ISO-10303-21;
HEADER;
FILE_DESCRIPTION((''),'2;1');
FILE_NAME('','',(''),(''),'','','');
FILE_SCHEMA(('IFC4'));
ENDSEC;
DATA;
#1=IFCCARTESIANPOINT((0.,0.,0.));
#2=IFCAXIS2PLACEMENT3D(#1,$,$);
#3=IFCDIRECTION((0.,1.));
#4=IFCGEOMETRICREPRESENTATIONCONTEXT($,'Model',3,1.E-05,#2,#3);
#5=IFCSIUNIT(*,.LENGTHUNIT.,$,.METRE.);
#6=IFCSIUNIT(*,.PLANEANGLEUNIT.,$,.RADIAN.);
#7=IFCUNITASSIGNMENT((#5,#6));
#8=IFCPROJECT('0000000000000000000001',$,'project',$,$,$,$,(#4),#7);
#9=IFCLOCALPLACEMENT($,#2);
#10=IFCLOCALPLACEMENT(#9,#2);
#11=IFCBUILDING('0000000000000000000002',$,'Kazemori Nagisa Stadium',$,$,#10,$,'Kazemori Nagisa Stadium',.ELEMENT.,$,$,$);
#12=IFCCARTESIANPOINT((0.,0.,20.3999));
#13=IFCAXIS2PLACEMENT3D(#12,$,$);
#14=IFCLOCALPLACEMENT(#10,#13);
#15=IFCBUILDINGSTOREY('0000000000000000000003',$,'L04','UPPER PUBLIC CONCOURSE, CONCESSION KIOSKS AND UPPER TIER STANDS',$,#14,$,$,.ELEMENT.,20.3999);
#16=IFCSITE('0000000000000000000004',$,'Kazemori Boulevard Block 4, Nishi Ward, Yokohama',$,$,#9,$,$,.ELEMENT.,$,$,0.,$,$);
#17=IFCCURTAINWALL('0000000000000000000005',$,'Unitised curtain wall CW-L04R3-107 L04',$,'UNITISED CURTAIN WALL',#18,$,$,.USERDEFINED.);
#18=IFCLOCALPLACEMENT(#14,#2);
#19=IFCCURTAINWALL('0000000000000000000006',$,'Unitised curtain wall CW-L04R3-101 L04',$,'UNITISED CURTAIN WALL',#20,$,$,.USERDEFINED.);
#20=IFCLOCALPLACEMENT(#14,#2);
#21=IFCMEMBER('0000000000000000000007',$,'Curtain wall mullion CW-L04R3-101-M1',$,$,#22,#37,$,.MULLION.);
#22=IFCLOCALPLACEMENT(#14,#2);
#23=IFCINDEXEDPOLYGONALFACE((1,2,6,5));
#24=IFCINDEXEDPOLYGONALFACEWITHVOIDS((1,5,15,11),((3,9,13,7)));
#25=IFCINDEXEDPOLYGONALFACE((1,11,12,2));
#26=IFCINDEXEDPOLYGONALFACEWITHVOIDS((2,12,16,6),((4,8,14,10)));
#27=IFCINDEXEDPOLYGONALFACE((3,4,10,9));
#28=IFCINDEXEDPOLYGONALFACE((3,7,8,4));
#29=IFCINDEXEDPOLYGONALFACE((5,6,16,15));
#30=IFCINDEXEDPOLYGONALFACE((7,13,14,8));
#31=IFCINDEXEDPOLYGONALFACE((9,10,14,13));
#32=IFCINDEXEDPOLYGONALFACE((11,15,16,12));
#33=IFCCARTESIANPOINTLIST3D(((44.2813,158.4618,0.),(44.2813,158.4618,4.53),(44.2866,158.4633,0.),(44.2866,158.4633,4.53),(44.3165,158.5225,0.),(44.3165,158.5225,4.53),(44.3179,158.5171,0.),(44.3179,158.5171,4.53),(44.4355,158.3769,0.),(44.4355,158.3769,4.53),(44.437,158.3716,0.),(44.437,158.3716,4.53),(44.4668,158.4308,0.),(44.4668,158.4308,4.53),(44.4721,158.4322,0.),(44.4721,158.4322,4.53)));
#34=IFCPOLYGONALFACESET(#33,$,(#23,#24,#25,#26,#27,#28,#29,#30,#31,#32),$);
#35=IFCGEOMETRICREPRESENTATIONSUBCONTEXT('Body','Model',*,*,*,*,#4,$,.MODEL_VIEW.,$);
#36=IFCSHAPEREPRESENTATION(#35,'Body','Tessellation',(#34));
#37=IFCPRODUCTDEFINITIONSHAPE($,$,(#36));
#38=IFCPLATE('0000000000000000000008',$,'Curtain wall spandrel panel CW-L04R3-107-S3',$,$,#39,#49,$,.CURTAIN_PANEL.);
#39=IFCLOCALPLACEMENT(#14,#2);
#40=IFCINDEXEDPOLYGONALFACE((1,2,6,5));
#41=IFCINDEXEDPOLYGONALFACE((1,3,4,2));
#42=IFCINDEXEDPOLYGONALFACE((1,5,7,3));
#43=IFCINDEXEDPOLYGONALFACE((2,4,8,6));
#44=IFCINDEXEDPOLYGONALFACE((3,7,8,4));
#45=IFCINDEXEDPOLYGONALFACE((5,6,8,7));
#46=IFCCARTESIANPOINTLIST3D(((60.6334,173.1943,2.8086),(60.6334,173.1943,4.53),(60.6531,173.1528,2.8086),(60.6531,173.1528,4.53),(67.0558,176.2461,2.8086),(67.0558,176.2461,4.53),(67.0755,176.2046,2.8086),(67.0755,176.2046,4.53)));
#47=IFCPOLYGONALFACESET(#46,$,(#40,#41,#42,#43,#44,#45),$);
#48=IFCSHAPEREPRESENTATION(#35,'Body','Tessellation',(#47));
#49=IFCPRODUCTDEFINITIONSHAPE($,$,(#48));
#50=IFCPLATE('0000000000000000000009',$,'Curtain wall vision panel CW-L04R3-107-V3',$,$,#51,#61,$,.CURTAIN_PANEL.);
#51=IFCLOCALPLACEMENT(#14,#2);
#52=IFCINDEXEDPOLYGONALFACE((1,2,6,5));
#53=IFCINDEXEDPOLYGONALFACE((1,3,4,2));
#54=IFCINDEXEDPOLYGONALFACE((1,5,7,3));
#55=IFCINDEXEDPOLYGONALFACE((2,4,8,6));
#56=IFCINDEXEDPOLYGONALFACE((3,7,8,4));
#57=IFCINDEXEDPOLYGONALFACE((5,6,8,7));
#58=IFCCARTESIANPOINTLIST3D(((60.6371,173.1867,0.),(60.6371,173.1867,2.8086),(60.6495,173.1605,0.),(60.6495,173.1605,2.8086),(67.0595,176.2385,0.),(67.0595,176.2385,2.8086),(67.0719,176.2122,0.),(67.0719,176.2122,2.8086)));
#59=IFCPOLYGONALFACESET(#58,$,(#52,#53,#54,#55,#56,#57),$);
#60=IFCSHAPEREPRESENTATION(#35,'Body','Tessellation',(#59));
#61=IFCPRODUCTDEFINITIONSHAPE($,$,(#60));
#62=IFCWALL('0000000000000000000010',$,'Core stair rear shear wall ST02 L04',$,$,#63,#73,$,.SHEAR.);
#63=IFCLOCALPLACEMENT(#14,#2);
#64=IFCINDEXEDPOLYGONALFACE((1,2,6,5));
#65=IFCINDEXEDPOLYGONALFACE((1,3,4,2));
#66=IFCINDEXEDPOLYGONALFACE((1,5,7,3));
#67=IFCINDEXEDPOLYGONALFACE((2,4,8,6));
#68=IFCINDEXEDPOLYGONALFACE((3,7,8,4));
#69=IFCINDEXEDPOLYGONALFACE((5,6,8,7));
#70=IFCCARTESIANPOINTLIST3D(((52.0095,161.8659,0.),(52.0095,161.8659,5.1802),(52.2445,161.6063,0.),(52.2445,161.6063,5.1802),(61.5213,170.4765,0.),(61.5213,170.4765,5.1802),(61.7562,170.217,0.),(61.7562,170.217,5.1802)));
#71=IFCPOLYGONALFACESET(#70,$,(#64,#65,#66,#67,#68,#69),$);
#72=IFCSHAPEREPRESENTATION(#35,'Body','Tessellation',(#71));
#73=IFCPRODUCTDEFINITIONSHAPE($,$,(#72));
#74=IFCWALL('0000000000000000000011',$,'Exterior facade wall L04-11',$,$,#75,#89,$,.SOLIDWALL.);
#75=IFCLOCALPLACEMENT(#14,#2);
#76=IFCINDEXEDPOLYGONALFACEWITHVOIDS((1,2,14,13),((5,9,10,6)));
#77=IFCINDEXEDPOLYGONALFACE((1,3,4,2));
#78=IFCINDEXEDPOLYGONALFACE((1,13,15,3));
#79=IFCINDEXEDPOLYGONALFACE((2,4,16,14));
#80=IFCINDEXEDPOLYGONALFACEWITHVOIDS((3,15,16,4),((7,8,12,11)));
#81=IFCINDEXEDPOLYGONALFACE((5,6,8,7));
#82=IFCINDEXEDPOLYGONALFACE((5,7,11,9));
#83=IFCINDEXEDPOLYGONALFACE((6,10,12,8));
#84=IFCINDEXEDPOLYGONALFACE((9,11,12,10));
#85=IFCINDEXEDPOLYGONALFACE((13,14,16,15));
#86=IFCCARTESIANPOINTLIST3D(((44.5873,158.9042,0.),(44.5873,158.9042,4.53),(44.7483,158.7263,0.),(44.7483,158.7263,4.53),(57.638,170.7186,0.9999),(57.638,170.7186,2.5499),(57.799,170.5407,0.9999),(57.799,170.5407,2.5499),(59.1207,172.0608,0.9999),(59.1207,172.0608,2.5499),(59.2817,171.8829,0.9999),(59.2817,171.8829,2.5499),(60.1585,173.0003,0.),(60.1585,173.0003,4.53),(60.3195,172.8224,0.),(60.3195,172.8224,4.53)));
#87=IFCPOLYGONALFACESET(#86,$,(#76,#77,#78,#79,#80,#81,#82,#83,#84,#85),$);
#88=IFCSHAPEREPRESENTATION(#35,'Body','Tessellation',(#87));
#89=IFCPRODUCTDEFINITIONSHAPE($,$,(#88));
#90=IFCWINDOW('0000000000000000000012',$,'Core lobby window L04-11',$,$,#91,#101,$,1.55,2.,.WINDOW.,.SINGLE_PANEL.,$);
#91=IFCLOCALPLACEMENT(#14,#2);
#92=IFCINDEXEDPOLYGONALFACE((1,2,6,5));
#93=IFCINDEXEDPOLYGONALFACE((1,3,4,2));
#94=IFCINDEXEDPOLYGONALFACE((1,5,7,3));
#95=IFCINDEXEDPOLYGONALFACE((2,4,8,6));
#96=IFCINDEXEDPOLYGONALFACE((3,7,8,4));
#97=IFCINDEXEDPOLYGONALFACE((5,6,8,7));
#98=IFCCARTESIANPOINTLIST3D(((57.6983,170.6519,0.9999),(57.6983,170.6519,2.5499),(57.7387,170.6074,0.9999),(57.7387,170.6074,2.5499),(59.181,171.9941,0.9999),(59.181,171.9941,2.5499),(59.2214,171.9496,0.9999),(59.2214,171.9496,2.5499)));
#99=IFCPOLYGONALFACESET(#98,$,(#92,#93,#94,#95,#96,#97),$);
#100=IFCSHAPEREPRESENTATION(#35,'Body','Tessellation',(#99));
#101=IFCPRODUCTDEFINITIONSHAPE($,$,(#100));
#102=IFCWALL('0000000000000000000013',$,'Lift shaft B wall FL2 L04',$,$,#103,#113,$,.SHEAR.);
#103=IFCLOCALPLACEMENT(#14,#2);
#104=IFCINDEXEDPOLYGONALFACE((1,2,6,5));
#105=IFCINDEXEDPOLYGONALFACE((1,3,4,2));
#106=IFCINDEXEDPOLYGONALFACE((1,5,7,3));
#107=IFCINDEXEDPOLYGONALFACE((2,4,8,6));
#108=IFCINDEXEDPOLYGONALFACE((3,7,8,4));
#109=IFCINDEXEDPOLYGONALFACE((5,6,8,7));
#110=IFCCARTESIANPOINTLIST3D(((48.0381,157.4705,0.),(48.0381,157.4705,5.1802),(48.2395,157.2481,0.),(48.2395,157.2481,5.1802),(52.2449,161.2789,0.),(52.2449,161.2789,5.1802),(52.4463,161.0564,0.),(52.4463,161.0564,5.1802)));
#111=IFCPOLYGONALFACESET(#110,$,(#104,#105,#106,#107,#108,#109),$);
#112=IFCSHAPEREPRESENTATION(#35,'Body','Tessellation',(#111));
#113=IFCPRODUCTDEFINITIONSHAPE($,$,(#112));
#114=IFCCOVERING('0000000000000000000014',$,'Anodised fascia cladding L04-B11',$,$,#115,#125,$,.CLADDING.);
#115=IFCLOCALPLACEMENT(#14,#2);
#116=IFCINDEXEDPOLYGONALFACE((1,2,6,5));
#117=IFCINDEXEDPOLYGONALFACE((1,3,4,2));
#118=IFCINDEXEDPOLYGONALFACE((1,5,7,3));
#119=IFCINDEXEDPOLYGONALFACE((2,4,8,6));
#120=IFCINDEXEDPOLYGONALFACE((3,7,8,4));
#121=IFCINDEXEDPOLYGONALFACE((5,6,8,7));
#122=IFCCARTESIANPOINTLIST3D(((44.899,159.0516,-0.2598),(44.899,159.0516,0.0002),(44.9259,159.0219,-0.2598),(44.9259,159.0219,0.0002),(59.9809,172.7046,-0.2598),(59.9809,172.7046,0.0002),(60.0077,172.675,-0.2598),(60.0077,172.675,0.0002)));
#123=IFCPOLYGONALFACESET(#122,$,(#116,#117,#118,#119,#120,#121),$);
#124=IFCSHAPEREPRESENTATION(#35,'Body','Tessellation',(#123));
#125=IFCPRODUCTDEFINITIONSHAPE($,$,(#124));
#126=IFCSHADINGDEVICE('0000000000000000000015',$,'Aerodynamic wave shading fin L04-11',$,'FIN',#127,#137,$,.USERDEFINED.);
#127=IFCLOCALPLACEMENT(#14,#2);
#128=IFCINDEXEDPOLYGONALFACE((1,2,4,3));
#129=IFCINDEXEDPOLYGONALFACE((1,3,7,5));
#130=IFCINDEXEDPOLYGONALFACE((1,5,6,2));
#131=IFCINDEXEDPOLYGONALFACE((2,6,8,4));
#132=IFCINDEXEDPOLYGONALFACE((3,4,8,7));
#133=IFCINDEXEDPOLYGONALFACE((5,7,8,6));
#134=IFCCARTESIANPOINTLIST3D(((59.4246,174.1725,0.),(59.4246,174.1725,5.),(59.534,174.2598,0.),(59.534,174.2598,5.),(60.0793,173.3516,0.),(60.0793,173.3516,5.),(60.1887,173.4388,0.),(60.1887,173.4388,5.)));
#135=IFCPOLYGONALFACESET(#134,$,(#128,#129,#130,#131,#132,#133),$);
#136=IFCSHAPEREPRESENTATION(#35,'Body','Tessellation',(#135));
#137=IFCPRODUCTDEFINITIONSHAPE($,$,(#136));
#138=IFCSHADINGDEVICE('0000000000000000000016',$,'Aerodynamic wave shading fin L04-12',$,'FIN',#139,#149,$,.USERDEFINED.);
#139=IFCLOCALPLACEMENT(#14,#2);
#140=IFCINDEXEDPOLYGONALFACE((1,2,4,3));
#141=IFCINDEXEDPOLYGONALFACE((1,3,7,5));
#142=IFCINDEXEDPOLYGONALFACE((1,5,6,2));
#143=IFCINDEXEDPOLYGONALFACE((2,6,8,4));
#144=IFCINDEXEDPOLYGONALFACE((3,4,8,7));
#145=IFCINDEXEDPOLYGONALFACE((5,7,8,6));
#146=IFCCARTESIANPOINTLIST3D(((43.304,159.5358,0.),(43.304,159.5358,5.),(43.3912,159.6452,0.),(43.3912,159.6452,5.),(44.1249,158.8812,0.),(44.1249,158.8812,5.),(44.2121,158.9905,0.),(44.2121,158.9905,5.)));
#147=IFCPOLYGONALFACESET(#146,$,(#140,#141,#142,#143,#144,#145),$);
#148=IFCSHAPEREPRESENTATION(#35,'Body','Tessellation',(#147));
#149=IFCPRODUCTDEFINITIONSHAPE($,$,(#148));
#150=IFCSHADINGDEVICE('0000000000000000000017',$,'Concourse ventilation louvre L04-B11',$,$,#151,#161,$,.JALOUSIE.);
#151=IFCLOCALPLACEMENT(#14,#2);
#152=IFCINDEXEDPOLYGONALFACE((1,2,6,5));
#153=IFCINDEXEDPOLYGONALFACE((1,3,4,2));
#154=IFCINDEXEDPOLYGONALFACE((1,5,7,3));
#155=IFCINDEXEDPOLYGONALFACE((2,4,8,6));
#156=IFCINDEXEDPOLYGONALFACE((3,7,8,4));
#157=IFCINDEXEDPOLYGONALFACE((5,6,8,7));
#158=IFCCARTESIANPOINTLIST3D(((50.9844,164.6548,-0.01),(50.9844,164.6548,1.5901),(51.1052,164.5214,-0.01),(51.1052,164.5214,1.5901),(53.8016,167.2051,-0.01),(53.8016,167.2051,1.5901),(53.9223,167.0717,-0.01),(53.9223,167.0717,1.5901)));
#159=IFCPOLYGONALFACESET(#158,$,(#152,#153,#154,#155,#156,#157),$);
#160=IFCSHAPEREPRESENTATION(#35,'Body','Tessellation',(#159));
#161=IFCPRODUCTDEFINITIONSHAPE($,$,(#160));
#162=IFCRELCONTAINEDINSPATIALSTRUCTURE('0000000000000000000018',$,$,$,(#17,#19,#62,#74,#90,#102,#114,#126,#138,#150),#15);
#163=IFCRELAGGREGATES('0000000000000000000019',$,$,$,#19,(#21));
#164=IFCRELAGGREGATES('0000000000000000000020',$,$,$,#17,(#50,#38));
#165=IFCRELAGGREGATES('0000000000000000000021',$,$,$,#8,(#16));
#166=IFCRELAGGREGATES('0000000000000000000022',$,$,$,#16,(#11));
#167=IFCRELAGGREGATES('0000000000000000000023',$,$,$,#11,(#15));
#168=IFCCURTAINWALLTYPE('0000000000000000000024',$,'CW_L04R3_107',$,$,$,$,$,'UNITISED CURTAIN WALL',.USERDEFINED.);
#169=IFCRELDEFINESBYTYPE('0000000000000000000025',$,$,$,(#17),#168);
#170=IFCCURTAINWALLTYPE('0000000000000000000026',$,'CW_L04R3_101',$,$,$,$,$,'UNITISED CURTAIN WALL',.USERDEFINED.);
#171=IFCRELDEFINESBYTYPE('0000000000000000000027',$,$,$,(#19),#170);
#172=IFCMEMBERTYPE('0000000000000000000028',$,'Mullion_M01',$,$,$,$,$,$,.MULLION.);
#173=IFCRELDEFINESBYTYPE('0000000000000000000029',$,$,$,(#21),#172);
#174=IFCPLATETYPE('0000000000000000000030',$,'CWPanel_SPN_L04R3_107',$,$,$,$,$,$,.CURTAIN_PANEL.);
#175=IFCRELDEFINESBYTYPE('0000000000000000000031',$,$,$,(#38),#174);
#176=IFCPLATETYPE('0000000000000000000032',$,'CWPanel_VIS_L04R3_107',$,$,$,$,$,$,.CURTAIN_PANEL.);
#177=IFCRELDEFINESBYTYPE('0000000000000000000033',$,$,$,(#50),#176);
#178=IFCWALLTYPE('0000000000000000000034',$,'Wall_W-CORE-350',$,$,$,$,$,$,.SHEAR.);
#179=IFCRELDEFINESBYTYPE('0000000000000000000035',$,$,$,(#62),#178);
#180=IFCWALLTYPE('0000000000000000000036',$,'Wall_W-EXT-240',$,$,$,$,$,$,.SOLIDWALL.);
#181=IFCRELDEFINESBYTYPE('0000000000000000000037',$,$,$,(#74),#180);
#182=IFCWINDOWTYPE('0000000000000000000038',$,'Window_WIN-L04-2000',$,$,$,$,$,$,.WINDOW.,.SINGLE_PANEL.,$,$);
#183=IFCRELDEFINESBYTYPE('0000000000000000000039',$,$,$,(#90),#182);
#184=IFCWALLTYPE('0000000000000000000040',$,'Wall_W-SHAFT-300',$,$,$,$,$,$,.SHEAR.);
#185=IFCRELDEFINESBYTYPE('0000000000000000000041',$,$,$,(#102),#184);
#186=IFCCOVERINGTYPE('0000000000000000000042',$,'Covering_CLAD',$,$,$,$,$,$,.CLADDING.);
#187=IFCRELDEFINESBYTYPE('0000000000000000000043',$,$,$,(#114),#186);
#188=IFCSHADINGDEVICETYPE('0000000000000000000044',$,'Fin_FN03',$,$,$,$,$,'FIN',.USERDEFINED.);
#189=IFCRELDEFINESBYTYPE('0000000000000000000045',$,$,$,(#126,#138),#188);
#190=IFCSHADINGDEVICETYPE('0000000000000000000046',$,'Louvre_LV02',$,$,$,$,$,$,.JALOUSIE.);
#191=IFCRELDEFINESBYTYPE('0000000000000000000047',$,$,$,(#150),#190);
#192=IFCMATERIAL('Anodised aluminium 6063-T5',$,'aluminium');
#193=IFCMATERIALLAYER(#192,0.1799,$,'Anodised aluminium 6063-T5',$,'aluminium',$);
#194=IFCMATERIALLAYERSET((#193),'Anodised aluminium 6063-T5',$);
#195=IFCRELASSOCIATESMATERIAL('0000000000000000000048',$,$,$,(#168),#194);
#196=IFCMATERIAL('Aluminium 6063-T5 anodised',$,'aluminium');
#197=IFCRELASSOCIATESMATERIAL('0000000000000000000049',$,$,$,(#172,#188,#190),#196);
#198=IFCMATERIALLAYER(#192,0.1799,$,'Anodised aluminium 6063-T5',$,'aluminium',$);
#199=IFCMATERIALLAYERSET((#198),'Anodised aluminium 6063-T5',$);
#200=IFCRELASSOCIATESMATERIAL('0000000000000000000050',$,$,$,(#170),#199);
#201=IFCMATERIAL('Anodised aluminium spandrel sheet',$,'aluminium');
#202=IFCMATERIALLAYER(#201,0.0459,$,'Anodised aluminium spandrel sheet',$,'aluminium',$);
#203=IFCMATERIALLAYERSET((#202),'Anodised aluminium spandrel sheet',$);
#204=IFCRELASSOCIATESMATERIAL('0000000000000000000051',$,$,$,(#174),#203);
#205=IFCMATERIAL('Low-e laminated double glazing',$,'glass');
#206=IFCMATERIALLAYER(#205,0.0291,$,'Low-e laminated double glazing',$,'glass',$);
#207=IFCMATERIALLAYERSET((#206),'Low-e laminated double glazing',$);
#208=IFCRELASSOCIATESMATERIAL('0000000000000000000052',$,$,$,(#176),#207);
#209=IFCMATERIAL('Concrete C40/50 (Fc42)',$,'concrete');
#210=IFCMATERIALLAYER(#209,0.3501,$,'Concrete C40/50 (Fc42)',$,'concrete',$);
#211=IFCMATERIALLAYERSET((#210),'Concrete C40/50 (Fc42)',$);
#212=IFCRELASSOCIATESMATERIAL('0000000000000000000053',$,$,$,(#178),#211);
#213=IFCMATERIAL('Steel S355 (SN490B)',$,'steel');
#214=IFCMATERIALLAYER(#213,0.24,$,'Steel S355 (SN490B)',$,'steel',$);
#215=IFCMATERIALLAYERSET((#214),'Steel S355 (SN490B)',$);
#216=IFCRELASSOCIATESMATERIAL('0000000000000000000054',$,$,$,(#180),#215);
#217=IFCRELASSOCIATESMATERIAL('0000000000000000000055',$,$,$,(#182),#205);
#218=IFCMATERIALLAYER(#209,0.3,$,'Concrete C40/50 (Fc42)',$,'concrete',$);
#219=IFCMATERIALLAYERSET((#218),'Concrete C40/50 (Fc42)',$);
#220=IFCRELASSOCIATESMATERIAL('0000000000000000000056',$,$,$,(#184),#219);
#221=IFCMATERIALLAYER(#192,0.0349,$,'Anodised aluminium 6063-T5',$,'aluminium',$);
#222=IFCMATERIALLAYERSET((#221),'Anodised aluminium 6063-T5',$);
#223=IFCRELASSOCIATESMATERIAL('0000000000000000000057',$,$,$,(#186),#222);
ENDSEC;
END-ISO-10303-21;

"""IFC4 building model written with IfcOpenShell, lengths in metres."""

from ifc_helpers import new_model, si_unit, direction, frame, frame_2d, origin, origin_2d, place, context, subcontext, project, spatial, rectangle, hollow_rectangle, extrude, material, layer, layer_set, material_profile, profile_set, type_object, element, fill, aggregate, save


model = new_model("IFC4")

# Units and contexts
model_context = context("Model", 3, precision=1e-05, world=origin(), true_north=direction((0.0, 1.0)))
body_context = subcontext(model_context, "Body", "Model", "MODEL_VIEW")
ifc_project = project(units=[si_unit("LENGTHUNIT", "METRE"), si_unit("PLANEANGLEUNIT", "RADIAN")], contexts=[model_context])

# Site, building, storey
site_placement = place(None, origin())
site = spatial("IfcSite", under=ifc_project, at=site_placement, Name="Kazemori Boulevard Block 4, Nishi Ward, Yokohama", CompositionType="ELEMENT", RefElevation=0.0)
building_placement = place(site_placement, origin())
building = spatial("IfcBuilding", under=site, at=building_placement, Name="Kazemori Nagisa Stadium", LongName="Kazemori Nagisa Stadium", CompositionType="ELEMENT")
storey_placement = place(building_placement, frame((0.0, 0.0, 20.3999)))
storey = spatial("IfcBuildingStorey", under=building, at=storey_placement, Name="L04", Description="UPPER PUBLIC CONCOURSE, CONCESSION KIOSKS AND UPPER TIER STANDS", CompositionType="ELEMENT", Elevation=20.3999)

# Shared definitions
ifc_material_1 = material(Name="Concrete C40/50 (Fc42)", Category="concrete")

# Curtain walls, member
ifc_material_2 = material(Name="Anodised aluminium 6063-T5", Category="aluminium")
ifc_layer_1 = layer(ifc_material_2, 0.1799, Name="Anodised aluminium 6063-T5", Category="aluminium")
ifc_layer_set_1 = layer_set([ifc_layer_1], Name="Anodised aluminium 6063-T5")
curtain_wall_type_1 = type_object("IfcCurtainWallType", Name="CW_L04R3_107", ElementType="UNITISED CURTAIN WALL", PredefinedType="USERDEFINED", material=ifc_layer_set_1)
curtain_wall_1_placement = place(storey_placement, origin())
curtain_wall_1 = element("IfcCurtainWall", 1, at=curtain_wall_1_placement, inside=storey, type_object=curtain_wall_type_1, Name="Unitised curtain wall CW-L04R3-107 L04", ObjectType="UNITISED CURTAIN WALL", PredefinedType="USERDEFINED")
ifc_material_3 = material(Name="Aluminium 6063-T5 anodised", Category="aluminium")
ifc_material_profile_1 = material_profile(ifc_material_3, hollow_rectangle(XDim=0.0701, YDim=0.1799, WallThickness=0.0039, at=origin_2d()), Name="ALU-MULL-70x180x4")
ifc_profile_set_1 = profile_set([ifc_material_profile_1], Name="Aluminium 6063-T5 anodised")
member_type = type_object("IfcMemberType", Name="Mullion_M01", PredefinedType="MULLION", material=ifc_profile_set_1)
ifc_layer_2 = layer(ifc_material_2, 0.1799, Name="Anodised aluminium 6063-T5", Category="aluminium")
ifc_layer_set_2 = layer_set([ifc_layer_2], Name="Anodised aluminium 6063-T5")
curtain_wall_type_2 = type_object("IfcCurtainWallType", Name="CW_L04R3_101", ElementType="UNITISED CURTAIN WALL", PredefinedType="USERDEFINED", material=ifc_layer_set_2)
curtain_wall_2_placement = place(storey_placement, origin())
curtain_wall_2 = element("IfcCurtainWall", 2, at=curtain_wall_2_placement, inside=storey, type_object=curtain_wall_type_2, Name="Unitised curtain wall CW-L04R3-101 L04", ObjectType="UNITISED CURTAIN WALL", PredefinedType="USERDEFINED")
member_1_placement = place(storey_placement, frame((44.3767, 158.447, 0.0), z_axis=(0.0, 0.0, 1.0), x_axis=(-0.501612, -0.865093, 0.0)))
member_1 = element("IfcMember", 3, at=member_1_placement, type_object=member_type, Name="Curtain wall mullion CW-L04R3-101-M1", PredefinedType="MULLION", context=body_context, shape_type="SweptSolid", body=[
    extrude(hollow_rectangle(XDim=0.0701, YDim=0.1799, WallThickness=0.0039, at=origin_2d()), origin(), (0.0, 0.0, 1.0), 4.53),
])
aggregate(curtain_wall_2, [member_1])

# Plates
ifc_material_4 = material(Name="Anodised aluminium spandrel sheet", Category="aluminium")
ifc_layer_3 = layer(ifc_material_4, 0.0459, Name="Anodised aluminium spandrel sheet", Category="aluminium")
ifc_layer_set_3 = layer_set([ifc_layer_3], Name="Anodised aluminium spandrel sheet")
plate_type_1 = type_object("IfcPlateType", Name="CWPanel_SPN_L04R3_107", PredefinedType="CURTAIN_PANEL", material=ifc_layer_set_3)
plate_1_placement = place(storey_placement, frame((63.8545, 174.6995, 2.8086), z_axis=(0.0, 0.0, 1.0), x_axis=(-0.903216, -0.429186, 0.0)))
plate_1 = element("IfcPlate", 4, at=plate_1_placement, type_object=plate_type_1, Name="Curtain wall spandrel panel CW-L04R3-107-S3", PredefinedType="CURTAIN_PANEL", context=body_context, shape_type="SweptSolid", body=[
    extrude(rectangle(XDim=7.1106, YDim=0.0459, at=origin_2d()), origin(), (0.0, 0.0, 1.0), 1.7214),
])
ifc_material_5 = material(Name="Low-e laminated double glazing", Category="glass")
ifc_layer_4 = layer(ifc_material_5, 0.0291, Name="Low-e laminated double glazing", Category="glass")
ifc_layer_set_4 = layer_set([ifc_layer_4], Name="Low-e laminated double glazing")
plate_type_2 = type_object("IfcPlateType", Name="CWPanel_VIS_L04R3_107", PredefinedType="CURTAIN_PANEL", material=ifc_layer_set_4)
plate_2_placement = place(storey_placement, frame((63.8545, 174.6995, 0.0), z_axis=(0.0, 0.0, 1.0), x_axis=(-0.903216, -0.429186, 0.0)))
plate_2 = element("IfcPlate", 5, at=plate_2_placement, type_object=plate_type_2, Name="Curtain wall vision panel CW-L04R3-107-V3", PredefinedType="CURTAIN_PANEL", context=body_context, shape_type="SweptSolid", body=[
    extrude(rectangle(XDim=7.1106, YDim=0.0291, at=origin_2d()), origin(), (0.0, 0.0, 1.0), 2.8086),
])
aggregate(curtain_wall_1, [plate_2, plate_1])

# Wall
ifc_layer_5 = layer(ifc_material_1, 0.3501, Name="Concrete C40/50 (Fc42)", Category="concrete")
ifc_layer_set_5 = layer_set([ifc_layer_5], Name="Concrete C40/50 (Fc42)")
wall_type_1 = type_object("IfcWallType", Name="Wall_W-CORE-350", PredefinedType="SHEAR", material=ifc_layer_set_5)
wall_1_placement = place(storey_placement, frame((61.6387, 170.3467, 0.0), z_axis=(0.0, 0.0, 1.0), x_axis=(-0.741351, -0.671117, 0.0)))
element("IfcWall", 6, at=wall_1_placement, inside=storey, type_object=wall_type_1, Name="Core stair rear shear wall ST02 L04", PredefinedType="SHEAR", context=body_context, shape_type="SweptSolid", body=[
    extrude(rectangle(XDim=12.8303, YDim=0.3501, at=frame_2d((6.415, 0.0))), origin(), (0.0, 0.0, 1.0), 5.1802),
])

# Wall, opening, window
ifc_material_6 = material(Name="Steel S355 (SN490B)", Category="steel")
ifc_layer_6 = layer(ifc_material_6, 0.24, Name="Steel S355 (SN490B)", Category="steel")
ifc_layer_set_6 = layer_set([ifc_layer_6], Name="Steel S355 (SN490B)")
wall_type_2 = type_object("IfcWallType", Name="Wall_W-EXT-240", PredefinedType="SOLIDWALL", material=ifc_layer_set_6)
wall_2_placement = place(storey_placement, frame((60.239, 172.9114, 0.0), z_axis=(0.0, 0.0, 1.0), x_axis=(-0.741349, -0.67112, 0.0)))
wall_2 = element("IfcWall", 7, at=wall_2_placement, inside=storey, type_object=wall_type_2, Name="Exterior facade wall L04-11", PredefinedType="SOLIDWALL", context=body_context, shape_type="SweptSolid", body=[
    extrude(rectangle(XDim=21.0039, YDim=0.24, at=frame_2d((10.502, 0.0))), origin(), (0.0, 0.0, 1.0), 4.53),
])
opening_placement = place(wall_2_placement, frame((1.3999, 0.0, 1.0)))
opening = element("IfcOpeningElement", 8, at=opening_placement, cuts=wall_2, PredefinedType="OPENING", context=body_context, shape_type="SweptSolid", body=[
    extrude(rectangle(XDim=2.0, YDim=1.55, at=frame_2d((1.0, 0.7749))), frame((0.0, 0.1299, 0.0), z_axis=(0.0, -1.0, 0.0), x_axis=(1.0, 0.0, 0.0)), (0.0, 0.0, 1.0), 0.26),
])
window_type = type_object("IfcWindowType", Name="Window_WIN-L04-2000", PartitioningType="SINGLE_PANEL", PredefinedType="WINDOW", material=ifc_material_5)
window_placement = place(opening_placement, origin())
window = element("IfcWindow", 9, at=window_placement, inside=storey, type_object=window_type, Name="Core lobby window L04-11", OverallHeight=1.55, OverallWidth=2.0, PartitioningType="SINGLE_PANEL", PredefinedType="WINDOW", context=body_context, shape_type="SweptSolid", body=[
    extrude(rectangle(XDim=2.0, YDim=1.55, at=frame_2d((1.0, 0.7749))), frame((0.0, 0.03, 0.0), z_axis=(0.0, -1.0, 0.0), x_axis=(1.0, 0.0, 0.0)), (0.0, 0.0, 1.0), 0.0601),
])
fill(opening, window)

# Wall
ifc_layer_7 = layer(ifc_material_1, 0.3, Name="Concrete C40/50 (Fc42)", Category="concrete")
ifc_layer_set_7 = layer_set([ifc_layer_7], Name="Concrete C40/50 (Fc42)")
wall_type_3 = type_object("IfcWallType", Name="Wall_W-SHAFT-300", PredefinedType="SHEAR", material=ifc_layer_set_7)
wall_3_placement = place(storey_placement, frame((52.3457, 161.1677, 0.0), z_axis=(0.0, 0.0, 1.0), x_axis=(-0.741342, -0.671127, 0.0)))
element("IfcWall", 10, at=wall_3_placement, inside=storey, type_object=wall_type_3, Name="Lift shaft B wall FL2 L04", PredefinedType="SHEAR", context=body_context, shape_type="SweptSolid", body=[
    extrude(rectangle(XDim=5.6746, YDim=0.3, at=frame_2d((2.8374, 0.0))), origin(), (0.0, 0.0, 1.0), 5.1802),
])

# Covering
ifc_layer_8 = layer(ifc_material_2, 0.0349, Name="Anodised aluminium 6063-T5", Category="aluminium")
ifc_layer_set_8 = layer_set([ifc_layer_8], Name="Anodised aluminium 6063-T5")
covering_type = type_object("IfcCoveringType", Name="Covering_CLAD", PredefinedType="CLADDING", material=ifc_layer_set_8)
covering_placement = place(storey_placement, frame((52.4534, 165.8633, -0.2598), z_axis=(0.0, 0.0, 1.0), x_axis=(-0.741351, -0.671118, 0.0)))
element("IfcCovering", 11, at=covering_placement, inside=storey, type_object=covering_type, Name="Anodised fascia cladding L04-B11", PredefinedType="CLADDING", context=body_context, shape_type="SweptSolid", body=[
    extrude(rectangle(XDim=20.3438, YDim=0.04, at=origin_2d()), origin(), (0.0, 0.0, 1.0), 0.26),
])

# Shading devices
shading_device_type_1 = type_object("IfcShadingDeviceType", Name="Fin_FN03", ElementType="FIN", PredefinedType="USERDEFINED", material=ifc_material_3)
for number, where, z_axis, x_axis, name in (
    (12, (59.8066, 173.8057, 0.0), (0.0, 0.0, 1.0), (-0.62349, 0.781831, 0.0), "Aerodynamic wave shading fin L04-11"),
    (13, (43.7581, 159.2632, 0.0), (0.0, 0.0, 1.0), (-0.781831, 0.62349, 0.0), "Aerodynamic wave shading fin L04-12"),
):
    element("IfcShadingDevice", number, at=place(storey_placement, frame(where, z_axis=z_axis, x_axis=x_axis)), inside=storey, type_object=shading_device_type_1, Name=name, ObjectType="FIN", PredefinedType="USERDEFINED", context=body_context, shape_type="SweptSolid", body=[
        extrude(rectangle(XDim=1.05, YDim=0.1399, at=origin_2d()), origin(), (0.0, 0.0, 1.0), 5.0),
    ])
shading_device_type_2 = type_object("IfcShadingDeviceType", Name="Louvre_LV02", PredefinedType="JALOUSIE", material=ifc_material_3)
shading_device_placement = place(storey_placement, frame((52.4534, 165.8633, -0.01), z_axis=(0.0, 0.0, 1.0), x_axis=(-0.741351, -0.671118, 0.0)))
element("IfcShadingDevice", 14, at=shading_device_placement, inside=storey, type_object=shading_device_type_2, Name="Concourse ventilation louvre L04-B11", PredefinedType="JALOUSIE", context=body_context, shape_type="SweptSolid", body=[
    extrude(rectangle(XDim=3.8, YDim=0.1799, at=origin_2d()), origin(), (0.0, 0.0, 1.0), 1.6001),
])

save(model, "model.ifc")
